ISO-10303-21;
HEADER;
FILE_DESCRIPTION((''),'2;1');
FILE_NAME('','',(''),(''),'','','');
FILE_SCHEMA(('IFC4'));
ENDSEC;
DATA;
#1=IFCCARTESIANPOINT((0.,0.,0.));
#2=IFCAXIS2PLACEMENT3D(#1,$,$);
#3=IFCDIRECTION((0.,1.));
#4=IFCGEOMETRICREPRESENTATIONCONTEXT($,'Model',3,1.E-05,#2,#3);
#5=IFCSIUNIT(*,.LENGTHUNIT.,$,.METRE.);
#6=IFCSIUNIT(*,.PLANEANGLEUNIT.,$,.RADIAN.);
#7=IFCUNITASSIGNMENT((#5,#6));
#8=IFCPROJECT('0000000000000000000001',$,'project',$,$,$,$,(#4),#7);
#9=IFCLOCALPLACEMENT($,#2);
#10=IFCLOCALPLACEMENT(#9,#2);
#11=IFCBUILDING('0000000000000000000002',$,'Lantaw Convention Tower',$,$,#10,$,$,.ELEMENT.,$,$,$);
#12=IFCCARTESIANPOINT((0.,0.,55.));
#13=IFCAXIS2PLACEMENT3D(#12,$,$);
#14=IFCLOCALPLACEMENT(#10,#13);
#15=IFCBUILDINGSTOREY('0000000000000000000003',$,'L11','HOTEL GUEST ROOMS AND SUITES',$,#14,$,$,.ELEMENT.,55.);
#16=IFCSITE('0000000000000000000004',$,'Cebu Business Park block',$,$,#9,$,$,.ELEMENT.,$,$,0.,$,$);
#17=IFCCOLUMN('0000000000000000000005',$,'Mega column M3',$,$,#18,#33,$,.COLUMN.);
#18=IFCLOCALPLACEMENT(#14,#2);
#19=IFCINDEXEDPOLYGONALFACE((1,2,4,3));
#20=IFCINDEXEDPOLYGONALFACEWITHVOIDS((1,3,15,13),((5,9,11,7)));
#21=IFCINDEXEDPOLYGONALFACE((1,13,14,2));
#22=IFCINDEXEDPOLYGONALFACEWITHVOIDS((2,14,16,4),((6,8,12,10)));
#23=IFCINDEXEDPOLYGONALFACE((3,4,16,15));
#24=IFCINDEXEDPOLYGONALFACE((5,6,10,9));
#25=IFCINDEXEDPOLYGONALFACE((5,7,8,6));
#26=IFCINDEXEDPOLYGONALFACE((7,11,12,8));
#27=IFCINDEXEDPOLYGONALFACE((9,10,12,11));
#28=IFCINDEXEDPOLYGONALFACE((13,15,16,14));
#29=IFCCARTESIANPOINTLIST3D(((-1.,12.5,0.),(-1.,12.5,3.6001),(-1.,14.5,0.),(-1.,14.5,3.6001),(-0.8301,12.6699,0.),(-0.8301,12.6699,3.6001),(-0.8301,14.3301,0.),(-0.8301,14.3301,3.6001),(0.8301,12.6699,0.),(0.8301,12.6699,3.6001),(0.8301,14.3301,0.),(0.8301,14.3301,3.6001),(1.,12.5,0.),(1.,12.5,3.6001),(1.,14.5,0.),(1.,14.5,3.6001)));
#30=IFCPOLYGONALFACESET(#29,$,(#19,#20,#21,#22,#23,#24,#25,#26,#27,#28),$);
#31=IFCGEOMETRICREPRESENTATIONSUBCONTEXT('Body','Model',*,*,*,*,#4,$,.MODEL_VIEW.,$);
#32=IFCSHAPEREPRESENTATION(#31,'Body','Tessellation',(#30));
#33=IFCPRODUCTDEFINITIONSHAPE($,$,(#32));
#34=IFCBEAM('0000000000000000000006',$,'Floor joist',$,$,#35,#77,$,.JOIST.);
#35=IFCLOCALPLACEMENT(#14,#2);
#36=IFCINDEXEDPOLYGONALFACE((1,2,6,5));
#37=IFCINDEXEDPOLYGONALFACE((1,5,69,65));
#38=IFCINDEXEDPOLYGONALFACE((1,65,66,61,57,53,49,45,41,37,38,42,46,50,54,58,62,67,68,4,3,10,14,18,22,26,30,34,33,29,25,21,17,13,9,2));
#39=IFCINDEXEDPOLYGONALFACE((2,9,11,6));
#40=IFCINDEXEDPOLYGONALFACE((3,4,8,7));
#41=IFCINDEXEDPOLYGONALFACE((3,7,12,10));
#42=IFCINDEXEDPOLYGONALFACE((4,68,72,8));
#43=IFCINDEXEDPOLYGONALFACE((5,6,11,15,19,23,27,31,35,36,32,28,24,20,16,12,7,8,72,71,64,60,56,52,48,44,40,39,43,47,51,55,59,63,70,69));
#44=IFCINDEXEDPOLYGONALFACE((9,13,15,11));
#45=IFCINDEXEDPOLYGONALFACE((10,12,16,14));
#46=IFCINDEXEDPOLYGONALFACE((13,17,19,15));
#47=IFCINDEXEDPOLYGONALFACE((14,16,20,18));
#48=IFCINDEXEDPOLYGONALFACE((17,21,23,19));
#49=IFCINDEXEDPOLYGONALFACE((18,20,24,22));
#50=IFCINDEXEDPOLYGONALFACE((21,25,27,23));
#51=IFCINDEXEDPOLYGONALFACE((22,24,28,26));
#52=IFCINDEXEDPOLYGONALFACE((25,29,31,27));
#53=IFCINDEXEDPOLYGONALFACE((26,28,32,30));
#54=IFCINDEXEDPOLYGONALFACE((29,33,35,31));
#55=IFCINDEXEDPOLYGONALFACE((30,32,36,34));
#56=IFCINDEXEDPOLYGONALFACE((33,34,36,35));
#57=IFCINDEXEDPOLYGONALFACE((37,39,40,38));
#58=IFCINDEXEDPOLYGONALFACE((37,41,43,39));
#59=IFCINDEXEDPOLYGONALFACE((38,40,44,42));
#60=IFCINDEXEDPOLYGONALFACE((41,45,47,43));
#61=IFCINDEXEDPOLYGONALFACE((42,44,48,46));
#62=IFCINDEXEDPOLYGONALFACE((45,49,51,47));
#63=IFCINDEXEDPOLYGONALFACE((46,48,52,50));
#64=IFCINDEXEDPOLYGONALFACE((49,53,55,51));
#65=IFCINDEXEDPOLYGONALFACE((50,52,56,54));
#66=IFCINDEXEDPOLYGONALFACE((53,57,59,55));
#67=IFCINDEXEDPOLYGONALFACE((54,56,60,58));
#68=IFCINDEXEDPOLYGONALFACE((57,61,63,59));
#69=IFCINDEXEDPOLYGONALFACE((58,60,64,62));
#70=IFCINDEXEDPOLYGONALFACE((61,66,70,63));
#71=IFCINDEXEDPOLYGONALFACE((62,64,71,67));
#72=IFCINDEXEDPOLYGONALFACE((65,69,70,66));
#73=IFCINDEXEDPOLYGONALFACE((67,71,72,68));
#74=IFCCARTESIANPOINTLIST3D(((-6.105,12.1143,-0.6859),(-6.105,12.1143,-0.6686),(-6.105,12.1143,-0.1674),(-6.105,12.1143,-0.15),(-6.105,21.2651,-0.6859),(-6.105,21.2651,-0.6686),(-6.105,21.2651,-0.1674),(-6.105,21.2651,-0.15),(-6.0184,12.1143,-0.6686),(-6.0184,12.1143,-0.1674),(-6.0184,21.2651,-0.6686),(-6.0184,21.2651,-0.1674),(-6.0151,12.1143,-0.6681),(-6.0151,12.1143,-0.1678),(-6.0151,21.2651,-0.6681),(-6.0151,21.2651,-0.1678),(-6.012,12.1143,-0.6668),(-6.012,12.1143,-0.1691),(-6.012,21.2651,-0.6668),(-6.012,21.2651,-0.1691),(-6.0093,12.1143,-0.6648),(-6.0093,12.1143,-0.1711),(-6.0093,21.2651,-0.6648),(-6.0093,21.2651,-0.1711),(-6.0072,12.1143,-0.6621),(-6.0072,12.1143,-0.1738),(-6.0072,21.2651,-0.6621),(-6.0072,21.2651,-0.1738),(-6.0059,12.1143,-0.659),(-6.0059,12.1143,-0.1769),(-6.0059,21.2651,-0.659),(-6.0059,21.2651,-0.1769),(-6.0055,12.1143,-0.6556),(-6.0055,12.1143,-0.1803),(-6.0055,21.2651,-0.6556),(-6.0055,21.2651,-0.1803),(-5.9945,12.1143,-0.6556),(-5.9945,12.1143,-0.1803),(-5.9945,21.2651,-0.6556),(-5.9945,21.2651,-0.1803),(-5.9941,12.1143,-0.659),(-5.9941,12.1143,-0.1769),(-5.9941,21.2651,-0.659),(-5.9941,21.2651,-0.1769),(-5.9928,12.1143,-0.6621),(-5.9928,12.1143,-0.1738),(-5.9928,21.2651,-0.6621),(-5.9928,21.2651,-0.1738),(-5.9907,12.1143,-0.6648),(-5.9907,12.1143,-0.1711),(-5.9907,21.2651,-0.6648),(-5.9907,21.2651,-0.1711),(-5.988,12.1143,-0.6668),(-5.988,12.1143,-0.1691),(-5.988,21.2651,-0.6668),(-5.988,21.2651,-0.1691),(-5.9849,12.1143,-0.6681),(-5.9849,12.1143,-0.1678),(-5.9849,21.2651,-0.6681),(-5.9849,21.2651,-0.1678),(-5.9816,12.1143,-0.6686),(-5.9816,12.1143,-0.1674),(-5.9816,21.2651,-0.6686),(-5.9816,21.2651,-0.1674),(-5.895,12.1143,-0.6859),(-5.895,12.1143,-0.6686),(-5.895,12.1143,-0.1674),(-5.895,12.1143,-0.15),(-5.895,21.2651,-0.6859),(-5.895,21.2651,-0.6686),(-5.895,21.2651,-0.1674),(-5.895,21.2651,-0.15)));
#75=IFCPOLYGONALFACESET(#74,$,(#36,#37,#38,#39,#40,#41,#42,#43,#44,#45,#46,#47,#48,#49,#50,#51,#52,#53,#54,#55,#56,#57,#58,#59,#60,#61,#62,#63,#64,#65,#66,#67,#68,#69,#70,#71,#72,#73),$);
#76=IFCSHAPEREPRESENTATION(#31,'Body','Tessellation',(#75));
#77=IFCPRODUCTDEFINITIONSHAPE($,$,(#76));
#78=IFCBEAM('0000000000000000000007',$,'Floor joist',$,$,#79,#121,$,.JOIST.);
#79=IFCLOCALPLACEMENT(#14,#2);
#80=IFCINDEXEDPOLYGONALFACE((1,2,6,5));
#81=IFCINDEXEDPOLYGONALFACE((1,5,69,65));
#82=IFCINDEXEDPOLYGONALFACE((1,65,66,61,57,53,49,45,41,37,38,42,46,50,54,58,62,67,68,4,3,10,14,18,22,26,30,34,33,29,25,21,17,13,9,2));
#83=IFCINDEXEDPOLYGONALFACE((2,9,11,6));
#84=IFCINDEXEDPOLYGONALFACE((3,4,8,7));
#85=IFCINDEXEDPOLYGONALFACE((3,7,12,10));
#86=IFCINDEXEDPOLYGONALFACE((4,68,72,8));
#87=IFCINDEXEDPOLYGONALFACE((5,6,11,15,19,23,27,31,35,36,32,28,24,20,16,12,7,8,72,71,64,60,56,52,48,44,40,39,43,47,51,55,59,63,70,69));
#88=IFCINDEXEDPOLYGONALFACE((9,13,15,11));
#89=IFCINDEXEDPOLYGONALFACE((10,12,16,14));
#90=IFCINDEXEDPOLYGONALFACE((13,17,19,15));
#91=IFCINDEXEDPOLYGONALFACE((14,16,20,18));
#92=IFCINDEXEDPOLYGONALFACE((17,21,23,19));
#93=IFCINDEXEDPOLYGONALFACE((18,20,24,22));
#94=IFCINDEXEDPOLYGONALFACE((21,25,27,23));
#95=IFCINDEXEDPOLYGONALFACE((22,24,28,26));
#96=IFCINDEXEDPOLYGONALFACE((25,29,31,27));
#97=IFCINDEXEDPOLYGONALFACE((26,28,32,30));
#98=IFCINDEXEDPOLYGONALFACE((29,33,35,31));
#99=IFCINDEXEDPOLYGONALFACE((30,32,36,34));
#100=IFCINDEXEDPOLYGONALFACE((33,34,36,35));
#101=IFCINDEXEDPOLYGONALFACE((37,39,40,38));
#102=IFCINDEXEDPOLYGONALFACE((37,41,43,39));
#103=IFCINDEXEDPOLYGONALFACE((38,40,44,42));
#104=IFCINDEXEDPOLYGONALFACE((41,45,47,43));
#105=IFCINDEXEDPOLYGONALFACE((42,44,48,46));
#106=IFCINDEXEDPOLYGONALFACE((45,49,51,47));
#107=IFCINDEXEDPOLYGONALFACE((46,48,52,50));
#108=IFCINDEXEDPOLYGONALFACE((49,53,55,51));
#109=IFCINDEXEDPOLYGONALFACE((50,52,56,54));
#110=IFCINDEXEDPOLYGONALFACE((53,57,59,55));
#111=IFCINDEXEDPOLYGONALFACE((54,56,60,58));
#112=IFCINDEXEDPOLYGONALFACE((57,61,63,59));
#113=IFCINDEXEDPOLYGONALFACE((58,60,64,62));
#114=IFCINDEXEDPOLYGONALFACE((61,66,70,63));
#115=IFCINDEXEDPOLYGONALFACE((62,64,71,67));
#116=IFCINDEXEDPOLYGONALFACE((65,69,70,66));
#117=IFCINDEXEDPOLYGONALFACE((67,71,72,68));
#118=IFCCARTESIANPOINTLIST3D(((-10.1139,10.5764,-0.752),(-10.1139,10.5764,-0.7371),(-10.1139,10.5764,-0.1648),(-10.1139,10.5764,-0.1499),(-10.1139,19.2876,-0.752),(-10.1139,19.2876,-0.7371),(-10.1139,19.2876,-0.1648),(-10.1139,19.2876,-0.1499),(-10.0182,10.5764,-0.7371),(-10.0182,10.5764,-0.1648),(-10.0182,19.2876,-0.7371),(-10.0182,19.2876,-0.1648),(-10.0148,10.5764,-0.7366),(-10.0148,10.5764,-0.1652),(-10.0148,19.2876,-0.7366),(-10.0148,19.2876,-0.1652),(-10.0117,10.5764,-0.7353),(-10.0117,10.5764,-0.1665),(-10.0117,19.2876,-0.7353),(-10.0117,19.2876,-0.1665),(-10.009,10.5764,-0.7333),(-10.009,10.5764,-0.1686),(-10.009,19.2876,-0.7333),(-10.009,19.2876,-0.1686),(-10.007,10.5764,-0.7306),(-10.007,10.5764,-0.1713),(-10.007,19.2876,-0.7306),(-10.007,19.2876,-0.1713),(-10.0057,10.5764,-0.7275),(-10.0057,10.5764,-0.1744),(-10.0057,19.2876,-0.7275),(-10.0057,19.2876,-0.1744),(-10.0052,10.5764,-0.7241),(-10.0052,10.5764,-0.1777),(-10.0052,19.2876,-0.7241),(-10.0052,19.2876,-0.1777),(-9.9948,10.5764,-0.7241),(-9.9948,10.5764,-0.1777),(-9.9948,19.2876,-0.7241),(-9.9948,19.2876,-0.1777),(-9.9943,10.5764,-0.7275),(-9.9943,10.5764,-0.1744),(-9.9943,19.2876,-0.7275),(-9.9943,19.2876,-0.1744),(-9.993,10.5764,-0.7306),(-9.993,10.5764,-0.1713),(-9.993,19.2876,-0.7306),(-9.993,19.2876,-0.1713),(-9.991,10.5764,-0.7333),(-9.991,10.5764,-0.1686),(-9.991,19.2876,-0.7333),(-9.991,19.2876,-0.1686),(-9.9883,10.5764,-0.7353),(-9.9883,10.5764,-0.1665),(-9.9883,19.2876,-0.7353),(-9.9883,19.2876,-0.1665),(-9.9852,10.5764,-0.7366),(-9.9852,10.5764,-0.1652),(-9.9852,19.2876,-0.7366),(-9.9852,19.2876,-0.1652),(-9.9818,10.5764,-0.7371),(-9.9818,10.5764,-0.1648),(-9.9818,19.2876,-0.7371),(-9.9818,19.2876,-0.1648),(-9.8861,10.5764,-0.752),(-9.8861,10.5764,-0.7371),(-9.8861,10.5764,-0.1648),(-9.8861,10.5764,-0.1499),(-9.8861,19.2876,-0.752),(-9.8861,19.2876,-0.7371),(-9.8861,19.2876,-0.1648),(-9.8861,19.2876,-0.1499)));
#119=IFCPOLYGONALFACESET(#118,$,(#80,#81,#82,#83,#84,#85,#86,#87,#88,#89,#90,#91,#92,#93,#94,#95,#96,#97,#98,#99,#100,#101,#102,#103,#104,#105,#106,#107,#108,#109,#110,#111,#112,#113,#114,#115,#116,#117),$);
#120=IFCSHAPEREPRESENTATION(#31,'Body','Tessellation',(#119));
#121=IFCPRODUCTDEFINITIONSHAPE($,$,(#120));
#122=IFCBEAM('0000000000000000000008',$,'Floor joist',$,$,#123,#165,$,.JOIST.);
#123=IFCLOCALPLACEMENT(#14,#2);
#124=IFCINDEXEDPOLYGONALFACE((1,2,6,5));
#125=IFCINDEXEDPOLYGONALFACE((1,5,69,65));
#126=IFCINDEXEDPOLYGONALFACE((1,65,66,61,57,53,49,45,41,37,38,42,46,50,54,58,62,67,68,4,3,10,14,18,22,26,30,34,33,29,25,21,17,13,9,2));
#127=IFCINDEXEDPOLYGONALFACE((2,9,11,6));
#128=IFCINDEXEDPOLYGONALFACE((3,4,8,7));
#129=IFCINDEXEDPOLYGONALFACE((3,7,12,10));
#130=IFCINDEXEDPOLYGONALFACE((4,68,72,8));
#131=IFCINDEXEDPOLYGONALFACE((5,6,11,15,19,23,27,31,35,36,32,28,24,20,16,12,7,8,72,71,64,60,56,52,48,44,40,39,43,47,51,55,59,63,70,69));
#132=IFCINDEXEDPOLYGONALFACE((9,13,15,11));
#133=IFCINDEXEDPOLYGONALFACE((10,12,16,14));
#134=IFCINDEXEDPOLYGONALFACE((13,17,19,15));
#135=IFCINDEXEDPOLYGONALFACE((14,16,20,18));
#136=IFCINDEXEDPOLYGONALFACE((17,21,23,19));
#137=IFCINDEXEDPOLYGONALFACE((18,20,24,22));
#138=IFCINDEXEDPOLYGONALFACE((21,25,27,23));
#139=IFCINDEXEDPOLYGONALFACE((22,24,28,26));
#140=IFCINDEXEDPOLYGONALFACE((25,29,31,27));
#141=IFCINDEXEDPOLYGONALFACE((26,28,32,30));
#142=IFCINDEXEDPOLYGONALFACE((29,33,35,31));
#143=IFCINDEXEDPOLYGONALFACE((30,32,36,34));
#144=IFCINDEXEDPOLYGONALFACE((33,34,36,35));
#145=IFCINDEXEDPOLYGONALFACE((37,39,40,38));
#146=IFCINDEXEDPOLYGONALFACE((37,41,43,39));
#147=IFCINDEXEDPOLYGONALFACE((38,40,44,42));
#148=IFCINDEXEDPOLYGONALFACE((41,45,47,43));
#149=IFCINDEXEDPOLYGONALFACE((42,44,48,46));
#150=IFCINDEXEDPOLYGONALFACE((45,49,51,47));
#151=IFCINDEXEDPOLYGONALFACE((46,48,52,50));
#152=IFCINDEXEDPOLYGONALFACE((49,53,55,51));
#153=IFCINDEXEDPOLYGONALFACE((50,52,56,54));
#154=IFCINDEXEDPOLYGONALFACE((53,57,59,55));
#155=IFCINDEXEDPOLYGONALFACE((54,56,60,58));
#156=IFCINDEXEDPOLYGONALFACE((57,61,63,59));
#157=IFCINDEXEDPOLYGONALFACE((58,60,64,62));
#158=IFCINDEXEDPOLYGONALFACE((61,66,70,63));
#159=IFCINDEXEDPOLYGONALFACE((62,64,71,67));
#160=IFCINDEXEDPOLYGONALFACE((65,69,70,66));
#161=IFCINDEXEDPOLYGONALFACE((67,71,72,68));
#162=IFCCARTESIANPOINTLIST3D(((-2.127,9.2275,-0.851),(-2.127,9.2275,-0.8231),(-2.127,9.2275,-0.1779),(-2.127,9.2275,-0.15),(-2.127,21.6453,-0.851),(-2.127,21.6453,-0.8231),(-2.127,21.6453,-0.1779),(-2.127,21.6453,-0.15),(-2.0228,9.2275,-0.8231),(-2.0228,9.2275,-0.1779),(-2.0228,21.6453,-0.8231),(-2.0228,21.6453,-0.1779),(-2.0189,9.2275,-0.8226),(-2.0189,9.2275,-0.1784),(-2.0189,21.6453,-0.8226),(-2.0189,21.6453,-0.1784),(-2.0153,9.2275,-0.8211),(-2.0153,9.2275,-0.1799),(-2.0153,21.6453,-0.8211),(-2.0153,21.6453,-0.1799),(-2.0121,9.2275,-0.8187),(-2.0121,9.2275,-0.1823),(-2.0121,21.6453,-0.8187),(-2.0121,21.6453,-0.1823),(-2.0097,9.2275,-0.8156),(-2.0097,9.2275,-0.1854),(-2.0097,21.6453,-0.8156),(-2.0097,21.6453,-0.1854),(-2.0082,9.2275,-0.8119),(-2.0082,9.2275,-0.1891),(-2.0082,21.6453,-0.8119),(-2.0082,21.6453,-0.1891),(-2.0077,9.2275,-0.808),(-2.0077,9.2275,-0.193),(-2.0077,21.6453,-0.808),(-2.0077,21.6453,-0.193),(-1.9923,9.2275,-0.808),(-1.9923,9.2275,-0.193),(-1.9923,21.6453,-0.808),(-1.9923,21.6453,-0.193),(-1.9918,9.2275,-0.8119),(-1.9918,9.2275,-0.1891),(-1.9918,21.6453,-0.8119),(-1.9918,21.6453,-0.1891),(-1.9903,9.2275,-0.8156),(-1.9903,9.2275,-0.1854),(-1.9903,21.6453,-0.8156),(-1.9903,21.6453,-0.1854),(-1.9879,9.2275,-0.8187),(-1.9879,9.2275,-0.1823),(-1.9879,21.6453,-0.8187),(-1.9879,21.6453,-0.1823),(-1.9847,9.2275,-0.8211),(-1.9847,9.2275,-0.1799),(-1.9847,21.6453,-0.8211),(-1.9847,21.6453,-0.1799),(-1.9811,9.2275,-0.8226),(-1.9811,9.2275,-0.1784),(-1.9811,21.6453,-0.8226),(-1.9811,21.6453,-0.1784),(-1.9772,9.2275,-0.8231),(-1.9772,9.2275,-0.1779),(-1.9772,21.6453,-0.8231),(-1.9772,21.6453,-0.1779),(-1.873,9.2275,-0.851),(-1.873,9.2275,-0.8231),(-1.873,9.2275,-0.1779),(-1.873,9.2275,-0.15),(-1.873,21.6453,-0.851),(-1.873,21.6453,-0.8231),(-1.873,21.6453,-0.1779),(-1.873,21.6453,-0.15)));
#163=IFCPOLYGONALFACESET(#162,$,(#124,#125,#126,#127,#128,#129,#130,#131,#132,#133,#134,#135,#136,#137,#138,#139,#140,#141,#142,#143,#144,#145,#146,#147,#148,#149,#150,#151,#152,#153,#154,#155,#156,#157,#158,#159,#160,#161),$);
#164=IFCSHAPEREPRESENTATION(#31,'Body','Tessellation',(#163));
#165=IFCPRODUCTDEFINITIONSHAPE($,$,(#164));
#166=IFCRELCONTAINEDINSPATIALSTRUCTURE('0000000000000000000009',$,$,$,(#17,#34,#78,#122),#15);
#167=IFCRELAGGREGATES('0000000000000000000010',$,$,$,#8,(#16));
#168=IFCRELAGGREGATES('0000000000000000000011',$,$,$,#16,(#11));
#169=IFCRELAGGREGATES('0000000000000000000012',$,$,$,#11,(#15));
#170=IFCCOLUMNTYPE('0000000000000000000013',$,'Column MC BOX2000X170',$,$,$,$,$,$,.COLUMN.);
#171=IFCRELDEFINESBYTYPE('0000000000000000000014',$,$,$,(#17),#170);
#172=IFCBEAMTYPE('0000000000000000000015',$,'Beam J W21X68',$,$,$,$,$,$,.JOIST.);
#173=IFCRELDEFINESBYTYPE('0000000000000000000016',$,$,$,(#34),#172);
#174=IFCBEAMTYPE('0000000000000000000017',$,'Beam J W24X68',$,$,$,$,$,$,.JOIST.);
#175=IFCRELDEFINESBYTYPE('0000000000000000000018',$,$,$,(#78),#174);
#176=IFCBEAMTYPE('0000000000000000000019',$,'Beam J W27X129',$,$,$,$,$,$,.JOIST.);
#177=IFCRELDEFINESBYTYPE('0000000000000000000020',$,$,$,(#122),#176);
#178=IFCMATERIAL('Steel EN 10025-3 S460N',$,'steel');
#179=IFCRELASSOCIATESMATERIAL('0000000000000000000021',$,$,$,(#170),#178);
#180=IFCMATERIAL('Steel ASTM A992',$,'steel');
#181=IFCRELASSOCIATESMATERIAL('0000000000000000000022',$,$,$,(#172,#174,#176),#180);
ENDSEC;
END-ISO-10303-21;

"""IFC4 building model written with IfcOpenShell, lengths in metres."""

from ifc_helpers import new_model, si_unit, direction, frame, origin, origin_2d, place, context, subcontext, project, spatial, rectangle, hollow_rectangle, i_section, extrude, material, material_profile, profile_set, type_object, element, save


model = new_model("IFC4")

# Units and contexts
model_context = context("Model", 3, precision=1e-05, world=origin(), true_north=direction((0.0, 1.0)))
body_context = subcontext(model_context, "Body", "Model", "MODEL_VIEW")
ifc_project = project(units=[si_unit("LENGTHUNIT", "METRE"), si_unit("PLANEANGLEUNIT", "RADIAN")], contexts=[model_context])

# Site, building, storey
site_placement = place(None, origin())
site = spatial("IfcSite", under=ifc_project, at=site_placement, Name="Cebu Business Park block", CompositionType="ELEMENT", RefElevation=0.0)
building_placement = place(site_placement, origin())
building = spatial("IfcBuilding", under=site, at=building_placement, Name="Lantaw Convention Tower", CompositionType="ELEMENT")
storey_placement = place(building_placement, frame((0.0, 0.0, 55.0)))
storey = spatial("IfcBuildingStorey", under=building, at=storey_placement, Name="L11", Description="HOTEL GUEST ROOMS AND SUITES", CompositionType="ELEMENT", Elevation=55.0)

# Column
ifc_material_1 = material(Name="Steel EN 10025-3 S460N", Category="steel")
ifc_material_profile_1 = material_profile(ifc_material_1, hollow_rectangle(XDim=2.0, YDim=2.0, WallThickness=0.1699, at=origin_2d()), Name="BOX2000X170")
ifc_material_2 = material(Name="Concrete C60/75", Category="concrete")
ifc_material_profile_2 = material_profile(ifc_material_2, rectangle(XDim=1.6599, YDim=1.6599, at=origin_2d()), Name="Concrete fill of BOX2000X170")
ifc_profile_set_1 = profile_set([ifc_material_profile_1, ifc_material_profile_2], Name="Steel EN 10025-3 S460N")
column_type = type_object("IfcColumnType", Name="Column MC BOX2000X170", PredefinedType="COLUMN", material=ifc_profile_set_1)
column_placement = place(storey_placement, frame((0.0, 13.5, 0.0), z_axis=(0.0, 0.0, 1.0), x_axis=(1.0, 0.0, 0.0)))
element("IfcColumn", 1, at=column_placement, inside=storey, type_object=column_type, Name="Mega column M3", PredefinedType="COLUMN", context=body_context, shape_type="SweptSolid", body=[
    extrude(hollow_rectangle(XDim=2.0, YDim=2.0, WallThickness=0.1699, at=origin_2d()), origin(), (0.0, 0.0, 1.0), 3.6001),
])

# Beams
ifc_material_3 = material(Name="Steel ASTM A992", Category="steel")
ifc_material_profile_3 = material_profile(ifc_material_3, i_section(OverallWidth=0.21, OverallDepth=0.5359, WebThickness=0.011, FlangeThickness=0.0173, FilletRadius=0.0129, at=origin_2d()), Name="W21X68")
ifc_profile_set_2 = profile_set([ifc_material_profile_3], Name="Steel ASTM A992")
beam_type_1 = type_object("IfcBeamType", Name="Beam J W21X68", PredefinedType="JOIST", material=ifc_profile_set_2)
beam_1_placement = place(storey_placement, frame((-6.0, 12.1143, -0.418), z_axis=(0.0, 1.0, 0.0), x_axis=(-1.0, 0.0, 0.0)))
element("IfcBeam", 2, at=beam_1_placement, inside=storey, type_object=beam_type_1, Name="Floor joist", PredefinedType="JOIST", context=body_context, shape_type="SweptSolid", body=[
    extrude(i_section(OverallWidth=0.21, OverallDepth=0.5359, WebThickness=0.011, FlangeThickness=0.0173, FilletRadius=0.0129, at=origin_2d()), origin(), (0.0, 0.0, 1.0), 9.1509),
])
ifc_material_profile_4 = material_profile(ifc_material_3, i_section(OverallWidth=0.2278, OverallDepth=0.6021, WebThickness=0.0105, FlangeThickness=0.0149, FilletRadius=0.0129, at=origin_2d()), Name="W24X68")
ifc_profile_set_3 = profile_set([ifc_material_profile_4], Name="Steel ASTM A992")
beam_type_2 = type_object("IfcBeamType", Name="Beam J W24X68", PredefinedType="JOIST", material=ifc_profile_set_3)
beam_2_placement = place(storey_placement, frame((-10.0, 10.5764, -0.4509), z_axis=(0.0, 1.0, 0.0), x_axis=(-1.0, 0.0, 0.0)))
element("IfcBeam", 3, at=beam_2_placement, inside=storey, type_object=beam_type_2, Name="Floor joist", PredefinedType="JOIST", context=body_context, shape_type="SweptSolid", body=[
    extrude(i_section(OverallWidth=0.2278, OverallDepth=0.6021, WebThickness=0.0105, FlangeThickness=0.0149, FilletRadius=0.0129, at=origin_2d()), origin(), (0.0, 0.0, 1.0), 8.7112),
])
ifc_material_profile_5 = material_profile(ifc_material_3, i_section(OverallWidth=0.2539, OverallDepth=0.7009, WebThickness=0.0154, FlangeThickness=0.0278, FilletRadius=0.0151, at=origin_2d()), Name="W27X129")
ifc_profile_set_4 = profile_set([ifc_material_profile_5], Name="Steel ASTM A992")
beam_type_3 = type_object("IfcBeamType", Name="Beam J W27X129", PredefinedType="JOIST", material=ifc_profile_set_4)
beam_3_placement = place(storey_placement, frame((-2.0, 9.2275, -0.5005), z_axis=(0.0, 1.0, 0.0), x_axis=(-1.0, 0.0, 0.0)))
element("IfcBeam", 4, at=beam_3_placement, inside=storey, type_object=beam_type_3, Name="Floor joist", PredefinedType="JOIST", context=body_context, shape_type="SweptSolid", body=[
    extrude(i_section(OverallWidth=0.2539, OverallDepth=0.7009, WebThickness=0.0154, FlangeThickness=0.0278, FilletRadius=0.0151, at=origin_2d()), origin(), (0.0, 0.0, 1.0), 12.4177),
])

save(model, "model.ifc")
